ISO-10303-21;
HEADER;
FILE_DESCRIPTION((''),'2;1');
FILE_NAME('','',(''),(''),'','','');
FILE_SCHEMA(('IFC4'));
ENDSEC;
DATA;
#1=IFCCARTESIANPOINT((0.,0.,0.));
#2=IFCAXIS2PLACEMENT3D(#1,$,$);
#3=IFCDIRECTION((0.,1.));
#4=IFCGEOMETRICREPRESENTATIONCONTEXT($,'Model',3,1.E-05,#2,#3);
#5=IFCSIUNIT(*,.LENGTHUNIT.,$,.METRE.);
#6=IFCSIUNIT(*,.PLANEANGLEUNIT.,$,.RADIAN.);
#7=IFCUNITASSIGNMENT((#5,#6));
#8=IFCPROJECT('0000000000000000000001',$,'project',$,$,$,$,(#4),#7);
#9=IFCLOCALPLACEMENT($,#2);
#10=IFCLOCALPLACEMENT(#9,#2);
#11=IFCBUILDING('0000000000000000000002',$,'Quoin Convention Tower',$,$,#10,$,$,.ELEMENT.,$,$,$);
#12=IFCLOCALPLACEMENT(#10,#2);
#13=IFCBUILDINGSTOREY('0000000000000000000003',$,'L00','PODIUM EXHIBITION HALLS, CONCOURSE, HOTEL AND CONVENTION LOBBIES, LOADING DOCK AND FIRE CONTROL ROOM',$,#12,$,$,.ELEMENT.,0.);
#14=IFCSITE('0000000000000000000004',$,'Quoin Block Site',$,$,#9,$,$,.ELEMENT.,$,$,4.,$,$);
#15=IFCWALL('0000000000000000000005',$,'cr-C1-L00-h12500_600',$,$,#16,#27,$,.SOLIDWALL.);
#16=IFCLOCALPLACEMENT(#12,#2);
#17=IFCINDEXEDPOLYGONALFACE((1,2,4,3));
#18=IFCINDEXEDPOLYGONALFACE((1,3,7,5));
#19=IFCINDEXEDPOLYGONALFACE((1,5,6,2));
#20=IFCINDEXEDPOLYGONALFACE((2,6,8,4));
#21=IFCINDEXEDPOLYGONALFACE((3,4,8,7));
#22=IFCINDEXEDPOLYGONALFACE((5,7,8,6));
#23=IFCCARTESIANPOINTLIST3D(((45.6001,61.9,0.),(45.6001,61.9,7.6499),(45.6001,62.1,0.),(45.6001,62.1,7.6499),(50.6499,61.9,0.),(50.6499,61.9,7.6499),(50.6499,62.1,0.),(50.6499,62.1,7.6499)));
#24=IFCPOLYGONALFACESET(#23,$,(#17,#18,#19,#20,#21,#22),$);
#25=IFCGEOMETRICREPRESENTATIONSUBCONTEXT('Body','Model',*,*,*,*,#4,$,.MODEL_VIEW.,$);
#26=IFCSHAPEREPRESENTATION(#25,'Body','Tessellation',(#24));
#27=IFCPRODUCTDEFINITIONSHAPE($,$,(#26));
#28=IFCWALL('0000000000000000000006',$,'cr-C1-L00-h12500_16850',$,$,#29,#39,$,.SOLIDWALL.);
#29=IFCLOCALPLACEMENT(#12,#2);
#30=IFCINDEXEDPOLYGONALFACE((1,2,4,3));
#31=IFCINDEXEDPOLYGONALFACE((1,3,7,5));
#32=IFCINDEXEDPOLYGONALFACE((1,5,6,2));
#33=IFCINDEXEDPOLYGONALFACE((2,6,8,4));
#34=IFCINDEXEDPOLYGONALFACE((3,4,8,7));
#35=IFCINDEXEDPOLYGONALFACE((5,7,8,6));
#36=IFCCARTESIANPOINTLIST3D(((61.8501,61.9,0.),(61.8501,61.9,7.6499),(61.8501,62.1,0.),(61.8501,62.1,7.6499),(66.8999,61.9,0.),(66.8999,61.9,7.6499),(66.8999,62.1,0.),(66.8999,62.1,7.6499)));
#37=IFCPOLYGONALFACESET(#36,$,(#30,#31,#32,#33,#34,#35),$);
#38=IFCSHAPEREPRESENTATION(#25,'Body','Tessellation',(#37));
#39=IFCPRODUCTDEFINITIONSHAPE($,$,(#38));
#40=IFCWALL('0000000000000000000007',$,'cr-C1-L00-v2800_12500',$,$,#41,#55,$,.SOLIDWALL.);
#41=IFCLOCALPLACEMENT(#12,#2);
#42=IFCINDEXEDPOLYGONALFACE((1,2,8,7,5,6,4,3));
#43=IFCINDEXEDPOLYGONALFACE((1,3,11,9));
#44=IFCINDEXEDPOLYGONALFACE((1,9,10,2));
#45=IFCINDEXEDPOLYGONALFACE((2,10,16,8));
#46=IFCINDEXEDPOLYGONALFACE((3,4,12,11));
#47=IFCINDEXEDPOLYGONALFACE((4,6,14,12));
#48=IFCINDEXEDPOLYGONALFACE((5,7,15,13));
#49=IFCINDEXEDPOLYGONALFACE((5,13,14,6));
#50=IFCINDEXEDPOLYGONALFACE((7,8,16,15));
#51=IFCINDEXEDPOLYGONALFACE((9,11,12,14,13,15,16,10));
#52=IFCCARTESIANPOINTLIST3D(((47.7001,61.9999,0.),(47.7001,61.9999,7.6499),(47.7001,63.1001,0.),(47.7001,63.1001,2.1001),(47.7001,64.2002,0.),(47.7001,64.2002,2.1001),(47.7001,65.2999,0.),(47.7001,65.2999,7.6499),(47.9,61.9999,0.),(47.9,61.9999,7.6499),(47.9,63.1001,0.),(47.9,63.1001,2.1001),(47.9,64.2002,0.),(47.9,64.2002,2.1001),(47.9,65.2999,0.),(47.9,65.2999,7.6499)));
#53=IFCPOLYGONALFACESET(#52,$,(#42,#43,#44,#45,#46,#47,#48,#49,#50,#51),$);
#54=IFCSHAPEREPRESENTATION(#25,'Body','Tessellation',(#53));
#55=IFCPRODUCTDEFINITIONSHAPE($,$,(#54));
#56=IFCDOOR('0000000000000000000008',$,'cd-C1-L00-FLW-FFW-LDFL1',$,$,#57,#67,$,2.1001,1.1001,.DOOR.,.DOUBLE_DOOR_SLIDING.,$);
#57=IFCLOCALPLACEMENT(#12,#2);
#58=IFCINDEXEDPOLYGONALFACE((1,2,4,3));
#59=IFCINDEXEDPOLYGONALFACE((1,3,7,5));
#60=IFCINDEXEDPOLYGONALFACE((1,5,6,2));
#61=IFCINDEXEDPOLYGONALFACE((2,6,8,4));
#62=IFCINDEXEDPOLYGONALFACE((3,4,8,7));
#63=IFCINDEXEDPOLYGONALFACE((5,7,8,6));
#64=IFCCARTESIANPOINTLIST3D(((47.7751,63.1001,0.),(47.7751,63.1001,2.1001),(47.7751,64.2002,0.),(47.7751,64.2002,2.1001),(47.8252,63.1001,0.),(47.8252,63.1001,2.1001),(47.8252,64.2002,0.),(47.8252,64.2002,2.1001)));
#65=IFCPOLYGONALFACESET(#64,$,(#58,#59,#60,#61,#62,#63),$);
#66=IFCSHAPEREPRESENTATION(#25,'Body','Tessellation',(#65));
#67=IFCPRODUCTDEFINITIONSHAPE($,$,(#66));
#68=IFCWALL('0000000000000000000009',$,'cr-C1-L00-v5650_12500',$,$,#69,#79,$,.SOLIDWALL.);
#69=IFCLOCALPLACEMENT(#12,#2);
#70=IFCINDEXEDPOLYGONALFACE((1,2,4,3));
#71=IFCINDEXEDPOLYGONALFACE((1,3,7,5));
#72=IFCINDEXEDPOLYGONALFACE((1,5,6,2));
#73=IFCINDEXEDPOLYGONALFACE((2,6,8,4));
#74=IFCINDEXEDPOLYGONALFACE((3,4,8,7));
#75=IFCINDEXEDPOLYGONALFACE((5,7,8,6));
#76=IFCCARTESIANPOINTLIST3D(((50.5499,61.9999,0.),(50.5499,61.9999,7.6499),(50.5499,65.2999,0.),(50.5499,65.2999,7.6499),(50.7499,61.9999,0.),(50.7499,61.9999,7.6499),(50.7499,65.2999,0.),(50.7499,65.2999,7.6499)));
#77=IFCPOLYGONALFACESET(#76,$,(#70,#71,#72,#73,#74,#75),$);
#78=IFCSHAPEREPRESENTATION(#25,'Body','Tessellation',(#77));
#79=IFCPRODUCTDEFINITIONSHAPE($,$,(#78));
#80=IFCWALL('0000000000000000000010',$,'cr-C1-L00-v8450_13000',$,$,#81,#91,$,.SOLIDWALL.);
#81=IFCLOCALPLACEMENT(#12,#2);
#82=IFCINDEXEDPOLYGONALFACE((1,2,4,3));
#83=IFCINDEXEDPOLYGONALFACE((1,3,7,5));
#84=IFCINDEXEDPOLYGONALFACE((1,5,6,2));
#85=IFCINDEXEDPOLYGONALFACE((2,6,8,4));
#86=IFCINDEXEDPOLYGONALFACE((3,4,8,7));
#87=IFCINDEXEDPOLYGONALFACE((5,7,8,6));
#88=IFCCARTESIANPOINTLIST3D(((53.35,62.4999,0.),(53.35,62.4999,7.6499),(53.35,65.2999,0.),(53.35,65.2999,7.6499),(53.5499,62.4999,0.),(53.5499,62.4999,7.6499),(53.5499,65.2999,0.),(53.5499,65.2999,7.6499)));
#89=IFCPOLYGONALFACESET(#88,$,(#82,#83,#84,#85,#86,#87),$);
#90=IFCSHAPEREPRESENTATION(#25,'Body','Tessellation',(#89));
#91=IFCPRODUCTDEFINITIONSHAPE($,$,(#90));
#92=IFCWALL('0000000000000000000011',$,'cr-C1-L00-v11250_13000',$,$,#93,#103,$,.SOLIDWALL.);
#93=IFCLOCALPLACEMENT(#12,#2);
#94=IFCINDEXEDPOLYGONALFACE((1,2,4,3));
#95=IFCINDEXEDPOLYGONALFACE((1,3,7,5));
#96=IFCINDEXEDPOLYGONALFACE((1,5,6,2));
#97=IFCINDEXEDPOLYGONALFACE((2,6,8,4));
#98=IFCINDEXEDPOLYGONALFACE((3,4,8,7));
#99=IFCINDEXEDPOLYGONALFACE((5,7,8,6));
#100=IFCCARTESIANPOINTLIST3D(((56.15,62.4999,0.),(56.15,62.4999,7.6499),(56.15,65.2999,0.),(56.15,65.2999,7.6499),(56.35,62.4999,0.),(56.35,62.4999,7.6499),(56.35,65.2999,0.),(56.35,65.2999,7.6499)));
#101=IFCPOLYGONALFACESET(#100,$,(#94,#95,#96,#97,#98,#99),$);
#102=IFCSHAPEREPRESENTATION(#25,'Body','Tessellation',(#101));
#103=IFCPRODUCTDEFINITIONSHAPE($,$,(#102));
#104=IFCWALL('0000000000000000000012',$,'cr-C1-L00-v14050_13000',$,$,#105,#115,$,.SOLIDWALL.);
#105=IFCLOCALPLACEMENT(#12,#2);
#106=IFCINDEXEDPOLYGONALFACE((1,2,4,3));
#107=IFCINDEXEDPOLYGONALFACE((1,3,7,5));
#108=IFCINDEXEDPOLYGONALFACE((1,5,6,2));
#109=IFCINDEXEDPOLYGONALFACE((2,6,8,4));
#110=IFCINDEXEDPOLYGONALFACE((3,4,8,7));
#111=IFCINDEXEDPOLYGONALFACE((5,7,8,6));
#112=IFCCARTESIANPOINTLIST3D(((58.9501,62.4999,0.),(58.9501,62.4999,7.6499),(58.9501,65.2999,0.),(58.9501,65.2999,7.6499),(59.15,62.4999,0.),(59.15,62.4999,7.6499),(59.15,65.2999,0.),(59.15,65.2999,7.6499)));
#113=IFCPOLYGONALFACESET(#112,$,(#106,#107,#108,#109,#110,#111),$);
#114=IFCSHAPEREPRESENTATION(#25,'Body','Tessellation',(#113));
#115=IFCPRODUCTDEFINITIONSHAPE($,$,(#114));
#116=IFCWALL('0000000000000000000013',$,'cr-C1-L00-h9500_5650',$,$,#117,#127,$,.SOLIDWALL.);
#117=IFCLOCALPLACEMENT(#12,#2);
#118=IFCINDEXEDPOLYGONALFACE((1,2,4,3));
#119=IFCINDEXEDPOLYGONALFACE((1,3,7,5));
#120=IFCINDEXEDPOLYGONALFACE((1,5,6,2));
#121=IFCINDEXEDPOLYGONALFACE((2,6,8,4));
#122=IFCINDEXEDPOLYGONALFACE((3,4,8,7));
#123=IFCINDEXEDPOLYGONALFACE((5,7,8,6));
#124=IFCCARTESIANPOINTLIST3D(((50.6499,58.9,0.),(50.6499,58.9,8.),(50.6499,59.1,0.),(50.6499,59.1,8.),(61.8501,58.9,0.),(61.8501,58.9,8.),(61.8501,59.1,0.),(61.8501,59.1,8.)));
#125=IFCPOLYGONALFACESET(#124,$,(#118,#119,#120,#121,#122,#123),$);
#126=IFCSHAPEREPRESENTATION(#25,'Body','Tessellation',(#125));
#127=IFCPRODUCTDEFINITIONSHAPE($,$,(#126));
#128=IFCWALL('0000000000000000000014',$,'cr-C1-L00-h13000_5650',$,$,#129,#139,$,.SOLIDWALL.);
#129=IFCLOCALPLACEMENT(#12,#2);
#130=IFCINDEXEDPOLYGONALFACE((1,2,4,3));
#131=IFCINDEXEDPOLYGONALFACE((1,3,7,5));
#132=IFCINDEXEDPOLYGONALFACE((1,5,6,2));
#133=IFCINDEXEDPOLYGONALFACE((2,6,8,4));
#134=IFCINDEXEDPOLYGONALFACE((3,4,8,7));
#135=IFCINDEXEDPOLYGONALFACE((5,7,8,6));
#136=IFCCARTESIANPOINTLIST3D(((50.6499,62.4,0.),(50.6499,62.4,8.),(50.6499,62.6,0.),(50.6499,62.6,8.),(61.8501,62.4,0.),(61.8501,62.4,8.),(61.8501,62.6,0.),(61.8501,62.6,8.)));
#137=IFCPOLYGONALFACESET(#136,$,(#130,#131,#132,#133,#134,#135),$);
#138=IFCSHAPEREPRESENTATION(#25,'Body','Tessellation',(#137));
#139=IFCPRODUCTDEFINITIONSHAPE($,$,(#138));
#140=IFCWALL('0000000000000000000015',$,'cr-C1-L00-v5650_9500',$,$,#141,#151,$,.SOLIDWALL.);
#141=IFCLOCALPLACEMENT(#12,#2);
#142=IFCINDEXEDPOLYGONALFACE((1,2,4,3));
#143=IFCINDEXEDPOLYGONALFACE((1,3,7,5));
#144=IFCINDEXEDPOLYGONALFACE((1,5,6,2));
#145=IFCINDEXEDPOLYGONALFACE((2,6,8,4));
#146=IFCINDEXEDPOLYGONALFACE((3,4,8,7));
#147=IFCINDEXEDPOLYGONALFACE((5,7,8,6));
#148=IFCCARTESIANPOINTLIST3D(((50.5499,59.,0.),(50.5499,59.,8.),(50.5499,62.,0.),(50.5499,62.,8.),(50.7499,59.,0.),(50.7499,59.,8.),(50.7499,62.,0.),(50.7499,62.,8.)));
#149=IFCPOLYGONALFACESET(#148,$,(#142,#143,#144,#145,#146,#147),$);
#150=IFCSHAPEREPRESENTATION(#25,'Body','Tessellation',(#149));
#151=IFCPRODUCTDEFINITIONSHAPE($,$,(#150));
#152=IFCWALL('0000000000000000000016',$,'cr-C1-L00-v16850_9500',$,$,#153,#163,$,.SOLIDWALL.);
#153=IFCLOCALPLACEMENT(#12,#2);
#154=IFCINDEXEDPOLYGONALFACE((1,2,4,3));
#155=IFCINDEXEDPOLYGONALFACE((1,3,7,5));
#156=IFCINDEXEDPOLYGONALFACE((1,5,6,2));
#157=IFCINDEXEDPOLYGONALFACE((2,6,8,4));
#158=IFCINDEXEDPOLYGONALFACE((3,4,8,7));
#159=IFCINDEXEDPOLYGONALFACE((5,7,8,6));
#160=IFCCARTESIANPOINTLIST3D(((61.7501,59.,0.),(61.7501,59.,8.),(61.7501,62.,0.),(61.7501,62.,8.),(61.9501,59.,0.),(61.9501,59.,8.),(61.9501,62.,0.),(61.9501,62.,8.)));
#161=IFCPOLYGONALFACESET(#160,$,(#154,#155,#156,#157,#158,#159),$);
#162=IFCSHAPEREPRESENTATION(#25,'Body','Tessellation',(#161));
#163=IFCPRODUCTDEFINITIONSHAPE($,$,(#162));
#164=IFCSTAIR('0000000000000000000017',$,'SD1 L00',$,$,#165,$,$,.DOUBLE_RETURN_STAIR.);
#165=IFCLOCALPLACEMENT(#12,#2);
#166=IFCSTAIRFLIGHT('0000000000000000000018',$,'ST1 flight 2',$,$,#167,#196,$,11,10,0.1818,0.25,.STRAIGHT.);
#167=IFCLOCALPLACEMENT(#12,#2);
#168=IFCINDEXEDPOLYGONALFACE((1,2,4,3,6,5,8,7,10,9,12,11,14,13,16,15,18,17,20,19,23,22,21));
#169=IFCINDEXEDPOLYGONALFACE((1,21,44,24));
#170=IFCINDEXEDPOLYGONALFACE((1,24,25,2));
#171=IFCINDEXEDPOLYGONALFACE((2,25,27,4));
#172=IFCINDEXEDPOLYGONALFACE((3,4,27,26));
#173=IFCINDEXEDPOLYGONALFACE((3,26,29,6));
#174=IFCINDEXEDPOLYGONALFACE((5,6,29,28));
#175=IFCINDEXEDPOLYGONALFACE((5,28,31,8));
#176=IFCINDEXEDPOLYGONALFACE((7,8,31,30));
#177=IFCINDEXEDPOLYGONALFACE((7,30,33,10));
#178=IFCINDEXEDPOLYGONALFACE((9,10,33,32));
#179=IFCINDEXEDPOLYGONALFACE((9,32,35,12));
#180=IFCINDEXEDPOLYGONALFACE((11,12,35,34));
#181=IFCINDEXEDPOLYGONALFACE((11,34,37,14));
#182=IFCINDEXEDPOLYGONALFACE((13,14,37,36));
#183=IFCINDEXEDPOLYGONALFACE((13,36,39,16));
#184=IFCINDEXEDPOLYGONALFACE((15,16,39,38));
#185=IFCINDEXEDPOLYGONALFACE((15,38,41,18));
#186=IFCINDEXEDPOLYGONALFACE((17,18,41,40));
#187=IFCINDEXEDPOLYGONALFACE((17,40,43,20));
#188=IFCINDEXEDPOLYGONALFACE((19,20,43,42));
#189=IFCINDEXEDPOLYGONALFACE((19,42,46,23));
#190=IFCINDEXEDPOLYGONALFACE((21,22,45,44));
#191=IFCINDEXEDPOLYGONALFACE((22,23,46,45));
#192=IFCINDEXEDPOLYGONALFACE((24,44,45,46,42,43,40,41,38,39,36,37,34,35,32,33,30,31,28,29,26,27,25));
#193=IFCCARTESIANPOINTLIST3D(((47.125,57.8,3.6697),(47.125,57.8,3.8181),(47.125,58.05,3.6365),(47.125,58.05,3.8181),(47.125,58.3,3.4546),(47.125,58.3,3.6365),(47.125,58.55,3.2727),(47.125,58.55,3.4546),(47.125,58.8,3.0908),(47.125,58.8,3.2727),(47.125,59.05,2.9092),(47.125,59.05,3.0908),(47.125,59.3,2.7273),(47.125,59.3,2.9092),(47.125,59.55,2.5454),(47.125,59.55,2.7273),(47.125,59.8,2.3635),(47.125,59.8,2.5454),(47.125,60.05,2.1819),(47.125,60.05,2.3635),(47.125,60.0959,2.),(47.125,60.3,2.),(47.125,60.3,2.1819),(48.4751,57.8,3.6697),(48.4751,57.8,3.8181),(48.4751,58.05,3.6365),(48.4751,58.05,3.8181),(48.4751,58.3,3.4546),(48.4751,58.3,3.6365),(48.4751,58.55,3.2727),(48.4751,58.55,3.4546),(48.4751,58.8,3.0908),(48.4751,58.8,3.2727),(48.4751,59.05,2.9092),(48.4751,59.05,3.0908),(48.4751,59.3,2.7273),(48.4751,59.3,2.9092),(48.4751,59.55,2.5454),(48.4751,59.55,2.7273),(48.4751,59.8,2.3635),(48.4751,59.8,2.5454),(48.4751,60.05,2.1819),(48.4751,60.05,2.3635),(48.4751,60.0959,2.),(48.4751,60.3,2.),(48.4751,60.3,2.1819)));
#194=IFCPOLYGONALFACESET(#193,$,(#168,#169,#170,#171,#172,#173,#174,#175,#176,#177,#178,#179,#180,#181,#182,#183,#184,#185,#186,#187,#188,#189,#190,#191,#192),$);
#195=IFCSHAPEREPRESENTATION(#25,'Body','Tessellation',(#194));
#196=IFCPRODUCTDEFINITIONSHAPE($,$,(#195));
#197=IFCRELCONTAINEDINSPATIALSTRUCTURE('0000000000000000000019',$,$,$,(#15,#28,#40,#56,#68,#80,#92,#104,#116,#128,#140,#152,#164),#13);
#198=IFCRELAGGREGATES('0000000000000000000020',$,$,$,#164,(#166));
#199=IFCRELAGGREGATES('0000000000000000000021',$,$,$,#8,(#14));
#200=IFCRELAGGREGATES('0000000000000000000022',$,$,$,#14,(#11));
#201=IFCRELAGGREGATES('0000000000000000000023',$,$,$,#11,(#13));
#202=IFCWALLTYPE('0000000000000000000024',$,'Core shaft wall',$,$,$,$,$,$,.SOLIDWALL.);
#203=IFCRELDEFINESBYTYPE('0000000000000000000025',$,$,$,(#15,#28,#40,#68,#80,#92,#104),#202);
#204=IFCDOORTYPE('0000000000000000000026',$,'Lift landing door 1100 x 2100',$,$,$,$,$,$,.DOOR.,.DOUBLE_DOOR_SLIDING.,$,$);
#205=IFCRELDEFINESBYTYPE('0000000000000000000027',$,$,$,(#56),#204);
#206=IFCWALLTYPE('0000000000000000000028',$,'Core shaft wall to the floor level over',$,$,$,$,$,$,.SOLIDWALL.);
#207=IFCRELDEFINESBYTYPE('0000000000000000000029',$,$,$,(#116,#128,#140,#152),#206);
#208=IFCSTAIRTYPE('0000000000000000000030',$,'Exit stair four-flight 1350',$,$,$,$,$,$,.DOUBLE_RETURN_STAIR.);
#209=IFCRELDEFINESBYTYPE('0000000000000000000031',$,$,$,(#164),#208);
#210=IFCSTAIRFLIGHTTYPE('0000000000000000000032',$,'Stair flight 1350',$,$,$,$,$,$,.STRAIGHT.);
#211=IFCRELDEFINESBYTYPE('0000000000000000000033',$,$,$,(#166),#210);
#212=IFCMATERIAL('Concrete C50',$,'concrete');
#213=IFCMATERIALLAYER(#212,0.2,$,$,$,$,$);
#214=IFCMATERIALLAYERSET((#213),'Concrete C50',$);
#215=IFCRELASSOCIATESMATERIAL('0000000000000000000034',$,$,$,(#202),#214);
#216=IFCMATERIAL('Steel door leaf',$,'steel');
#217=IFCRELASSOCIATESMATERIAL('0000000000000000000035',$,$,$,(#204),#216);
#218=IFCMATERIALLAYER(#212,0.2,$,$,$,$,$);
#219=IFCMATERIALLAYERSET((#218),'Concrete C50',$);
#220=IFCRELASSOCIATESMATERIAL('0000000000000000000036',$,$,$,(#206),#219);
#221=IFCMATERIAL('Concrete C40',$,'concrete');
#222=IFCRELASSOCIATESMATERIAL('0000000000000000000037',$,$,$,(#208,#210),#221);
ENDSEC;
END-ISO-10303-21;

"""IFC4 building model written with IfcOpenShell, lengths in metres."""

from ifc_helpers import new_model, si_unit, direction, frame, frame_2d, origin, place, context, subcontext, project, spatial, polyline, rectangle, outline, extrude, material, layer, layer_set, type_object, element, fill, aggregate, save


model = new_model("IFC4")

# Units and contexts
model_context = context("Model", 3, precision=1e-05, world=origin(), true_north=direction((0.0, 1.0)))
body_context = subcontext(model_context, "Body", "Model", "MODEL_VIEW")
ifc_project = project(units=[si_unit("LENGTHUNIT", "METRE"), si_unit("PLANEANGLEUNIT", "RADIAN")], contexts=[model_context])

# Site, building, storey
site_placement = place(None, origin())
site = spatial("IfcSite", under=ifc_project, at=site_placement, Name="Quoin Block Site", CompositionType="ELEMENT", RefElevation=4.0)
building_placement = place(site_placement, origin())
building = spatial("IfcBuilding", under=site, at=building_placement, Name="Quoin Convention Tower", CompositionType="ELEMENT")
storey_placement = place(building_placement, origin())
storey = spatial("IfcBuildingStorey", under=building, at=storey_placement, Name="L00", Description="PODIUM EXHIBITION HALLS, CONCOURSE, HOTEL AND CONVENTION LOBBIES, LOADING DOCK AND FIRE CONTROL ROOM", CompositionType="ELEMENT", Elevation=0.0)

# Walls
ifc_material_1 = material(Name="Concrete C50", Category="concrete")
ifc_layer_1 = layer(ifc_material_1, 0.2)
ifc_layer_set_1 = layer_set([ifc_layer_1], Name="Concrete C50")
wall_type_1 = type_object("IfcWallType", Name="Core shaft wall", PredefinedType="SOLIDWALL", material=ifc_layer_set_1)
for number, where, z_axis, x_axis, name in (
    (1, (45.6001, 62.0, 0.0), (0.0, 0.0, 1.0), (1.0, 0.0, 0.0), "cr-C1-L00-h12500_600"),
    (2, (61.8501, 62.0, 0.0), (0.0, 0.0, 1.0), (1.0, 0.0, 0.0), "cr-C1-L00-h12500_16850"),
):
    element("IfcWall", number, at=place(storey_placement, frame(where, z_axis=z_axis, x_axis=x_axis)), inside=storey, type_object=wall_type_1, Name=name, PredefinedType="SOLIDWALL", context=body_context, shape_type="SweptSolid", body=[
        extrude(rectangle(XDim=5.0498, YDim=0.2, at=frame_2d((2.5249, 0.0))), origin(), (0.0, 0.0, 1.0), 7.6499),
    ])

# Wall, opening, door
wall_1_placement = place(storey_placement, frame((47.8, 62.0, 0.0), z_axis=(0.0, 0.0, 1.0), x_axis=(0.0, 1.0, 0.0)))
wall_1 = element("IfcWall", 3, at=wall_1_placement, inside=storey, type_object=wall_type_1, Name="cr-C1-L00-v2800_12500", PredefinedType="SOLIDWALL", context=body_context, shape_type="SweptSolid", body=[
    extrude(rectangle(XDim=3.3, YDim=0.2, at=frame_2d((1.6499, 0.0))), origin(), (0.0, 0.0, 1.0), 7.6499),
])
opening_placement = place(wall_1_placement, frame((1.1001, 0.0, 0.0)))
opening = element("IfcOpeningElement", 4, at=opening_placement, cuts=wall_1, PredefinedType="OPENING", context=body_context, shape_type="SweptSolid", body=[
    extrude(rectangle(XDim=1.1001, YDim=2.1001, at=frame_2d((0.55, 1.05))), frame((0.0, 0.1099, 0.0), z_axis=(0.0, -1.0, 0.0), x_axis=(1.0, 0.0, 0.0)), (0.0, 0.0, 1.0), 0.22),
])
ifc_material_2 = material(Name="Steel door leaf", Category="steel")
door_type = type_object("IfcDoorType", Name="Lift landing door 1100 x 2100", OperationType="DOUBLE_DOOR_SLIDING", PredefinedType="DOOR", material=ifc_material_2)
door_placement = place(opening_placement, origin())
door = element("IfcDoor", 5, at=door_placement, inside=storey, type_object=door_type, Name="cd-C1-L00-FLW-FFW-LDFL1", OperationType="DOUBLE_DOOR_SLIDING", OverallHeight=2.1001, OverallWidth=1.1001, PredefinedType="DOOR", context=body_context, shape_type="SweptSolid", body=[
    extrude(rectangle(XDim=1.1001, YDim=2.1001, at=frame_2d((0.55, 1.05))), frame((0.0, 0.0249, 0.0), z_axis=(0.0, -1.0, 0.0), x_axis=(1.0, 0.0, 0.0)), (0.0, 0.0, 1.0), 0.05),
])
fill(opening, door)

# Walls
wall_2_placement = place(storey_placement, frame((50.6499, 62.0, 0.0), z_axis=(0.0, 0.0, 1.0), x_axis=(0.0, 1.0, 0.0)))
element("IfcWall", 6, at=wall_2_placement, inside=storey, type_object=wall_type_1, Name="cr-C1-L00-v5650_12500", PredefinedType="SOLIDWALL", context=body_context, shape_type="SweptSolid", body=[
    extrude(rectangle(XDim=3.3, YDim=0.2, at=frame_2d((1.6499, 0.0))), origin(), (0.0, 0.0, 1.0), 7.6499),
])
for number, where, z_axis, x_axis, name in (
    (7, (53.45, 62.5, 0.0), (0.0, 0.0, 1.0), (0.0, 1.0, 0.0), "cr-C1-L00-v8450_13000"),
    (8, (56.25, 62.5, 0.0), (0.0, 0.0, 1.0), (0.0, 1.0, 0.0), "cr-C1-L00-v11250_13000"),
    (9, (59.05, 62.5, 0.0), (0.0, 0.0, 1.0), (0.0, 1.0, 0.0), "cr-C1-L00-v14050_13000"),
):
    element("IfcWall", number, at=place(storey_placement, frame(where, z_axis=z_axis, x_axis=x_axis)), inside=storey, type_object=wall_type_1, Name=name, PredefinedType="SOLIDWALL", context=body_context, shape_type="SweptSolid", body=[
        extrude(rectangle(XDim=2.8, YDim=0.2, at=frame_2d((1.3999, 0.0))), origin(), (0.0, 0.0, 1.0), 7.6499),
    ])
ifc_layer_2 = layer(ifc_material_1, 0.2)
ifc_layer_set_2 = layer_set([ifc_layer_2], Name="Concrete C50")
wall_type_2 = type_object("IfcWallType", Name="Core shaft wall to the floor level over", PredefinedType="SOLIDWALL", material=ifc_layer_set_2)
for number, where, z_axis, x_axis, name in (
    (10, (50.6499, 59.0, 0.0), (0.0, 0.0, 1.0), (1.0, 0.0, 0.0), "cr-C1-L00-h9500_5650"),
    (11, (50.6499, 62.5, 0.0), (0.0, 0.0, 1.0), (1.0, 0.0, 0.0), "cr-C1-L00-h13000_5650"),
):
    element("IfcWall", number, at=place(storey_placement, frame(where, z_axis=z_axis, x_axis=x_axis)), inside=storey, type_object=wall_type_2, Name=name, PredefinedType="SOLIDWALL", context=body_context, shape_type="SweptSolid", body=[
        extrude(rectangle(XDim=11.2002, YDim=0.2, at=frame_2d((5.6001, 0.0))), origin(), (0.0, 0.0, 1.0), 8.0),
    ])
for number, where, z_axis, x_axis, name in (
    (12, (50.6499, 59.0, 0.0), (0.0, 0.0, 1.0), (0.0, 1.0, 0.0), "cr-C1-L00-v5650_9500"),
    (13, (61.8501, 59.0, 0.0), (0.0, 0.0, 1.0), (0.0, 1.0, 0.0), "cr-C1-L00-v16850_9500"),
):
    element("IfcWall", number, at=place(storey_placement, frame(where, z_axis=z_axis, x_axis=x_axis)), inside=storey, type_object=wall_type_2, Name=name, PredefinedType="SOLIDWALL", context=body_context, shape_type="SweptSolid", body=[
        extrude(rectangle(XDim=3.0, YDim=0.2, at=frame_2d((1.5, 0.0))), origin(), (0.0, 0.0, 1.0), 8.0),
    ])

# Stair, stair flight
ifc_material_3 = material(Name="Concrete C40", Category="concrete")
stair_type = type_object("IfcStairType", Name="Exit stair four-flight 1350", PredefinedType="DOUBLE_RETURN_STAIR", material=ifc_material_3)
stair_placement = place(storey_placement, origin())
stair = element("IfcStair", 14, at=stair_placement, inside=storey, type_object=stair_type, Name="SD1 L00", PredefinedType="DOUBLE_RETURN_STAIR")
stair_flight_type = type_object("IfcStairFlightType", Name="Stair flight 1350", PredefinedType="STRAIGHT", material=ifc_material_3)
stair_flight_1_placement = place(storey_placement, frame((47.8, 60.3, 2.0), z_axis=(0.0, 0.0, 1.0), x_axis=(0.0, -1.0, 0.0)))
stair_flight_1 = element("IfcStairFlight", 15, at=stair_flight_1_placement, type_object=stair_flight_type, Name="ST1 flight 2", NumberOfRisers=11, NumberOfTreads=10, PredefinedType="STRAIGHT", RiserHeight=0.1818, TreadLength=0.25, context=body_context, shape_type="SweptSolid", body=[
    extrude(outline(polyline([(0.0, 0.0), (0.0, 0.1819), (0.25, 0.1819), (0.25, 0.3635), (0.5, 0.3635), (0.5, 0.5454), (0.75, 0.5454), (0.75, 0.7273), (1.0, 0.7273), (1.0, 0.9092), (1.25, 0.9092), (1.25, 1.0908), (1.5, 1.0908), (1.5, 1.2727), (1.75, 1.2727), (1.75, 1.4546), (2.0, 1.4546), (2.0, 1.6365), (2.25, 1.6365), (2.25, 1.8181), (2.5, 1.8181), (2.5, 2.0), (2.5, 1.6697), (0.2041, 0.0), (0.0, 0.0)])), frame((0.0, 0.675, 0.0), z_axis=(0.0, -1.0, 0.0), x_axis=(1.0, 0.0, 0.0)), (0.0, 0.0, 1.0), 1.3501),
])
aggregate(stair, [stair_flight_1])

save(model, "model.ifc")
